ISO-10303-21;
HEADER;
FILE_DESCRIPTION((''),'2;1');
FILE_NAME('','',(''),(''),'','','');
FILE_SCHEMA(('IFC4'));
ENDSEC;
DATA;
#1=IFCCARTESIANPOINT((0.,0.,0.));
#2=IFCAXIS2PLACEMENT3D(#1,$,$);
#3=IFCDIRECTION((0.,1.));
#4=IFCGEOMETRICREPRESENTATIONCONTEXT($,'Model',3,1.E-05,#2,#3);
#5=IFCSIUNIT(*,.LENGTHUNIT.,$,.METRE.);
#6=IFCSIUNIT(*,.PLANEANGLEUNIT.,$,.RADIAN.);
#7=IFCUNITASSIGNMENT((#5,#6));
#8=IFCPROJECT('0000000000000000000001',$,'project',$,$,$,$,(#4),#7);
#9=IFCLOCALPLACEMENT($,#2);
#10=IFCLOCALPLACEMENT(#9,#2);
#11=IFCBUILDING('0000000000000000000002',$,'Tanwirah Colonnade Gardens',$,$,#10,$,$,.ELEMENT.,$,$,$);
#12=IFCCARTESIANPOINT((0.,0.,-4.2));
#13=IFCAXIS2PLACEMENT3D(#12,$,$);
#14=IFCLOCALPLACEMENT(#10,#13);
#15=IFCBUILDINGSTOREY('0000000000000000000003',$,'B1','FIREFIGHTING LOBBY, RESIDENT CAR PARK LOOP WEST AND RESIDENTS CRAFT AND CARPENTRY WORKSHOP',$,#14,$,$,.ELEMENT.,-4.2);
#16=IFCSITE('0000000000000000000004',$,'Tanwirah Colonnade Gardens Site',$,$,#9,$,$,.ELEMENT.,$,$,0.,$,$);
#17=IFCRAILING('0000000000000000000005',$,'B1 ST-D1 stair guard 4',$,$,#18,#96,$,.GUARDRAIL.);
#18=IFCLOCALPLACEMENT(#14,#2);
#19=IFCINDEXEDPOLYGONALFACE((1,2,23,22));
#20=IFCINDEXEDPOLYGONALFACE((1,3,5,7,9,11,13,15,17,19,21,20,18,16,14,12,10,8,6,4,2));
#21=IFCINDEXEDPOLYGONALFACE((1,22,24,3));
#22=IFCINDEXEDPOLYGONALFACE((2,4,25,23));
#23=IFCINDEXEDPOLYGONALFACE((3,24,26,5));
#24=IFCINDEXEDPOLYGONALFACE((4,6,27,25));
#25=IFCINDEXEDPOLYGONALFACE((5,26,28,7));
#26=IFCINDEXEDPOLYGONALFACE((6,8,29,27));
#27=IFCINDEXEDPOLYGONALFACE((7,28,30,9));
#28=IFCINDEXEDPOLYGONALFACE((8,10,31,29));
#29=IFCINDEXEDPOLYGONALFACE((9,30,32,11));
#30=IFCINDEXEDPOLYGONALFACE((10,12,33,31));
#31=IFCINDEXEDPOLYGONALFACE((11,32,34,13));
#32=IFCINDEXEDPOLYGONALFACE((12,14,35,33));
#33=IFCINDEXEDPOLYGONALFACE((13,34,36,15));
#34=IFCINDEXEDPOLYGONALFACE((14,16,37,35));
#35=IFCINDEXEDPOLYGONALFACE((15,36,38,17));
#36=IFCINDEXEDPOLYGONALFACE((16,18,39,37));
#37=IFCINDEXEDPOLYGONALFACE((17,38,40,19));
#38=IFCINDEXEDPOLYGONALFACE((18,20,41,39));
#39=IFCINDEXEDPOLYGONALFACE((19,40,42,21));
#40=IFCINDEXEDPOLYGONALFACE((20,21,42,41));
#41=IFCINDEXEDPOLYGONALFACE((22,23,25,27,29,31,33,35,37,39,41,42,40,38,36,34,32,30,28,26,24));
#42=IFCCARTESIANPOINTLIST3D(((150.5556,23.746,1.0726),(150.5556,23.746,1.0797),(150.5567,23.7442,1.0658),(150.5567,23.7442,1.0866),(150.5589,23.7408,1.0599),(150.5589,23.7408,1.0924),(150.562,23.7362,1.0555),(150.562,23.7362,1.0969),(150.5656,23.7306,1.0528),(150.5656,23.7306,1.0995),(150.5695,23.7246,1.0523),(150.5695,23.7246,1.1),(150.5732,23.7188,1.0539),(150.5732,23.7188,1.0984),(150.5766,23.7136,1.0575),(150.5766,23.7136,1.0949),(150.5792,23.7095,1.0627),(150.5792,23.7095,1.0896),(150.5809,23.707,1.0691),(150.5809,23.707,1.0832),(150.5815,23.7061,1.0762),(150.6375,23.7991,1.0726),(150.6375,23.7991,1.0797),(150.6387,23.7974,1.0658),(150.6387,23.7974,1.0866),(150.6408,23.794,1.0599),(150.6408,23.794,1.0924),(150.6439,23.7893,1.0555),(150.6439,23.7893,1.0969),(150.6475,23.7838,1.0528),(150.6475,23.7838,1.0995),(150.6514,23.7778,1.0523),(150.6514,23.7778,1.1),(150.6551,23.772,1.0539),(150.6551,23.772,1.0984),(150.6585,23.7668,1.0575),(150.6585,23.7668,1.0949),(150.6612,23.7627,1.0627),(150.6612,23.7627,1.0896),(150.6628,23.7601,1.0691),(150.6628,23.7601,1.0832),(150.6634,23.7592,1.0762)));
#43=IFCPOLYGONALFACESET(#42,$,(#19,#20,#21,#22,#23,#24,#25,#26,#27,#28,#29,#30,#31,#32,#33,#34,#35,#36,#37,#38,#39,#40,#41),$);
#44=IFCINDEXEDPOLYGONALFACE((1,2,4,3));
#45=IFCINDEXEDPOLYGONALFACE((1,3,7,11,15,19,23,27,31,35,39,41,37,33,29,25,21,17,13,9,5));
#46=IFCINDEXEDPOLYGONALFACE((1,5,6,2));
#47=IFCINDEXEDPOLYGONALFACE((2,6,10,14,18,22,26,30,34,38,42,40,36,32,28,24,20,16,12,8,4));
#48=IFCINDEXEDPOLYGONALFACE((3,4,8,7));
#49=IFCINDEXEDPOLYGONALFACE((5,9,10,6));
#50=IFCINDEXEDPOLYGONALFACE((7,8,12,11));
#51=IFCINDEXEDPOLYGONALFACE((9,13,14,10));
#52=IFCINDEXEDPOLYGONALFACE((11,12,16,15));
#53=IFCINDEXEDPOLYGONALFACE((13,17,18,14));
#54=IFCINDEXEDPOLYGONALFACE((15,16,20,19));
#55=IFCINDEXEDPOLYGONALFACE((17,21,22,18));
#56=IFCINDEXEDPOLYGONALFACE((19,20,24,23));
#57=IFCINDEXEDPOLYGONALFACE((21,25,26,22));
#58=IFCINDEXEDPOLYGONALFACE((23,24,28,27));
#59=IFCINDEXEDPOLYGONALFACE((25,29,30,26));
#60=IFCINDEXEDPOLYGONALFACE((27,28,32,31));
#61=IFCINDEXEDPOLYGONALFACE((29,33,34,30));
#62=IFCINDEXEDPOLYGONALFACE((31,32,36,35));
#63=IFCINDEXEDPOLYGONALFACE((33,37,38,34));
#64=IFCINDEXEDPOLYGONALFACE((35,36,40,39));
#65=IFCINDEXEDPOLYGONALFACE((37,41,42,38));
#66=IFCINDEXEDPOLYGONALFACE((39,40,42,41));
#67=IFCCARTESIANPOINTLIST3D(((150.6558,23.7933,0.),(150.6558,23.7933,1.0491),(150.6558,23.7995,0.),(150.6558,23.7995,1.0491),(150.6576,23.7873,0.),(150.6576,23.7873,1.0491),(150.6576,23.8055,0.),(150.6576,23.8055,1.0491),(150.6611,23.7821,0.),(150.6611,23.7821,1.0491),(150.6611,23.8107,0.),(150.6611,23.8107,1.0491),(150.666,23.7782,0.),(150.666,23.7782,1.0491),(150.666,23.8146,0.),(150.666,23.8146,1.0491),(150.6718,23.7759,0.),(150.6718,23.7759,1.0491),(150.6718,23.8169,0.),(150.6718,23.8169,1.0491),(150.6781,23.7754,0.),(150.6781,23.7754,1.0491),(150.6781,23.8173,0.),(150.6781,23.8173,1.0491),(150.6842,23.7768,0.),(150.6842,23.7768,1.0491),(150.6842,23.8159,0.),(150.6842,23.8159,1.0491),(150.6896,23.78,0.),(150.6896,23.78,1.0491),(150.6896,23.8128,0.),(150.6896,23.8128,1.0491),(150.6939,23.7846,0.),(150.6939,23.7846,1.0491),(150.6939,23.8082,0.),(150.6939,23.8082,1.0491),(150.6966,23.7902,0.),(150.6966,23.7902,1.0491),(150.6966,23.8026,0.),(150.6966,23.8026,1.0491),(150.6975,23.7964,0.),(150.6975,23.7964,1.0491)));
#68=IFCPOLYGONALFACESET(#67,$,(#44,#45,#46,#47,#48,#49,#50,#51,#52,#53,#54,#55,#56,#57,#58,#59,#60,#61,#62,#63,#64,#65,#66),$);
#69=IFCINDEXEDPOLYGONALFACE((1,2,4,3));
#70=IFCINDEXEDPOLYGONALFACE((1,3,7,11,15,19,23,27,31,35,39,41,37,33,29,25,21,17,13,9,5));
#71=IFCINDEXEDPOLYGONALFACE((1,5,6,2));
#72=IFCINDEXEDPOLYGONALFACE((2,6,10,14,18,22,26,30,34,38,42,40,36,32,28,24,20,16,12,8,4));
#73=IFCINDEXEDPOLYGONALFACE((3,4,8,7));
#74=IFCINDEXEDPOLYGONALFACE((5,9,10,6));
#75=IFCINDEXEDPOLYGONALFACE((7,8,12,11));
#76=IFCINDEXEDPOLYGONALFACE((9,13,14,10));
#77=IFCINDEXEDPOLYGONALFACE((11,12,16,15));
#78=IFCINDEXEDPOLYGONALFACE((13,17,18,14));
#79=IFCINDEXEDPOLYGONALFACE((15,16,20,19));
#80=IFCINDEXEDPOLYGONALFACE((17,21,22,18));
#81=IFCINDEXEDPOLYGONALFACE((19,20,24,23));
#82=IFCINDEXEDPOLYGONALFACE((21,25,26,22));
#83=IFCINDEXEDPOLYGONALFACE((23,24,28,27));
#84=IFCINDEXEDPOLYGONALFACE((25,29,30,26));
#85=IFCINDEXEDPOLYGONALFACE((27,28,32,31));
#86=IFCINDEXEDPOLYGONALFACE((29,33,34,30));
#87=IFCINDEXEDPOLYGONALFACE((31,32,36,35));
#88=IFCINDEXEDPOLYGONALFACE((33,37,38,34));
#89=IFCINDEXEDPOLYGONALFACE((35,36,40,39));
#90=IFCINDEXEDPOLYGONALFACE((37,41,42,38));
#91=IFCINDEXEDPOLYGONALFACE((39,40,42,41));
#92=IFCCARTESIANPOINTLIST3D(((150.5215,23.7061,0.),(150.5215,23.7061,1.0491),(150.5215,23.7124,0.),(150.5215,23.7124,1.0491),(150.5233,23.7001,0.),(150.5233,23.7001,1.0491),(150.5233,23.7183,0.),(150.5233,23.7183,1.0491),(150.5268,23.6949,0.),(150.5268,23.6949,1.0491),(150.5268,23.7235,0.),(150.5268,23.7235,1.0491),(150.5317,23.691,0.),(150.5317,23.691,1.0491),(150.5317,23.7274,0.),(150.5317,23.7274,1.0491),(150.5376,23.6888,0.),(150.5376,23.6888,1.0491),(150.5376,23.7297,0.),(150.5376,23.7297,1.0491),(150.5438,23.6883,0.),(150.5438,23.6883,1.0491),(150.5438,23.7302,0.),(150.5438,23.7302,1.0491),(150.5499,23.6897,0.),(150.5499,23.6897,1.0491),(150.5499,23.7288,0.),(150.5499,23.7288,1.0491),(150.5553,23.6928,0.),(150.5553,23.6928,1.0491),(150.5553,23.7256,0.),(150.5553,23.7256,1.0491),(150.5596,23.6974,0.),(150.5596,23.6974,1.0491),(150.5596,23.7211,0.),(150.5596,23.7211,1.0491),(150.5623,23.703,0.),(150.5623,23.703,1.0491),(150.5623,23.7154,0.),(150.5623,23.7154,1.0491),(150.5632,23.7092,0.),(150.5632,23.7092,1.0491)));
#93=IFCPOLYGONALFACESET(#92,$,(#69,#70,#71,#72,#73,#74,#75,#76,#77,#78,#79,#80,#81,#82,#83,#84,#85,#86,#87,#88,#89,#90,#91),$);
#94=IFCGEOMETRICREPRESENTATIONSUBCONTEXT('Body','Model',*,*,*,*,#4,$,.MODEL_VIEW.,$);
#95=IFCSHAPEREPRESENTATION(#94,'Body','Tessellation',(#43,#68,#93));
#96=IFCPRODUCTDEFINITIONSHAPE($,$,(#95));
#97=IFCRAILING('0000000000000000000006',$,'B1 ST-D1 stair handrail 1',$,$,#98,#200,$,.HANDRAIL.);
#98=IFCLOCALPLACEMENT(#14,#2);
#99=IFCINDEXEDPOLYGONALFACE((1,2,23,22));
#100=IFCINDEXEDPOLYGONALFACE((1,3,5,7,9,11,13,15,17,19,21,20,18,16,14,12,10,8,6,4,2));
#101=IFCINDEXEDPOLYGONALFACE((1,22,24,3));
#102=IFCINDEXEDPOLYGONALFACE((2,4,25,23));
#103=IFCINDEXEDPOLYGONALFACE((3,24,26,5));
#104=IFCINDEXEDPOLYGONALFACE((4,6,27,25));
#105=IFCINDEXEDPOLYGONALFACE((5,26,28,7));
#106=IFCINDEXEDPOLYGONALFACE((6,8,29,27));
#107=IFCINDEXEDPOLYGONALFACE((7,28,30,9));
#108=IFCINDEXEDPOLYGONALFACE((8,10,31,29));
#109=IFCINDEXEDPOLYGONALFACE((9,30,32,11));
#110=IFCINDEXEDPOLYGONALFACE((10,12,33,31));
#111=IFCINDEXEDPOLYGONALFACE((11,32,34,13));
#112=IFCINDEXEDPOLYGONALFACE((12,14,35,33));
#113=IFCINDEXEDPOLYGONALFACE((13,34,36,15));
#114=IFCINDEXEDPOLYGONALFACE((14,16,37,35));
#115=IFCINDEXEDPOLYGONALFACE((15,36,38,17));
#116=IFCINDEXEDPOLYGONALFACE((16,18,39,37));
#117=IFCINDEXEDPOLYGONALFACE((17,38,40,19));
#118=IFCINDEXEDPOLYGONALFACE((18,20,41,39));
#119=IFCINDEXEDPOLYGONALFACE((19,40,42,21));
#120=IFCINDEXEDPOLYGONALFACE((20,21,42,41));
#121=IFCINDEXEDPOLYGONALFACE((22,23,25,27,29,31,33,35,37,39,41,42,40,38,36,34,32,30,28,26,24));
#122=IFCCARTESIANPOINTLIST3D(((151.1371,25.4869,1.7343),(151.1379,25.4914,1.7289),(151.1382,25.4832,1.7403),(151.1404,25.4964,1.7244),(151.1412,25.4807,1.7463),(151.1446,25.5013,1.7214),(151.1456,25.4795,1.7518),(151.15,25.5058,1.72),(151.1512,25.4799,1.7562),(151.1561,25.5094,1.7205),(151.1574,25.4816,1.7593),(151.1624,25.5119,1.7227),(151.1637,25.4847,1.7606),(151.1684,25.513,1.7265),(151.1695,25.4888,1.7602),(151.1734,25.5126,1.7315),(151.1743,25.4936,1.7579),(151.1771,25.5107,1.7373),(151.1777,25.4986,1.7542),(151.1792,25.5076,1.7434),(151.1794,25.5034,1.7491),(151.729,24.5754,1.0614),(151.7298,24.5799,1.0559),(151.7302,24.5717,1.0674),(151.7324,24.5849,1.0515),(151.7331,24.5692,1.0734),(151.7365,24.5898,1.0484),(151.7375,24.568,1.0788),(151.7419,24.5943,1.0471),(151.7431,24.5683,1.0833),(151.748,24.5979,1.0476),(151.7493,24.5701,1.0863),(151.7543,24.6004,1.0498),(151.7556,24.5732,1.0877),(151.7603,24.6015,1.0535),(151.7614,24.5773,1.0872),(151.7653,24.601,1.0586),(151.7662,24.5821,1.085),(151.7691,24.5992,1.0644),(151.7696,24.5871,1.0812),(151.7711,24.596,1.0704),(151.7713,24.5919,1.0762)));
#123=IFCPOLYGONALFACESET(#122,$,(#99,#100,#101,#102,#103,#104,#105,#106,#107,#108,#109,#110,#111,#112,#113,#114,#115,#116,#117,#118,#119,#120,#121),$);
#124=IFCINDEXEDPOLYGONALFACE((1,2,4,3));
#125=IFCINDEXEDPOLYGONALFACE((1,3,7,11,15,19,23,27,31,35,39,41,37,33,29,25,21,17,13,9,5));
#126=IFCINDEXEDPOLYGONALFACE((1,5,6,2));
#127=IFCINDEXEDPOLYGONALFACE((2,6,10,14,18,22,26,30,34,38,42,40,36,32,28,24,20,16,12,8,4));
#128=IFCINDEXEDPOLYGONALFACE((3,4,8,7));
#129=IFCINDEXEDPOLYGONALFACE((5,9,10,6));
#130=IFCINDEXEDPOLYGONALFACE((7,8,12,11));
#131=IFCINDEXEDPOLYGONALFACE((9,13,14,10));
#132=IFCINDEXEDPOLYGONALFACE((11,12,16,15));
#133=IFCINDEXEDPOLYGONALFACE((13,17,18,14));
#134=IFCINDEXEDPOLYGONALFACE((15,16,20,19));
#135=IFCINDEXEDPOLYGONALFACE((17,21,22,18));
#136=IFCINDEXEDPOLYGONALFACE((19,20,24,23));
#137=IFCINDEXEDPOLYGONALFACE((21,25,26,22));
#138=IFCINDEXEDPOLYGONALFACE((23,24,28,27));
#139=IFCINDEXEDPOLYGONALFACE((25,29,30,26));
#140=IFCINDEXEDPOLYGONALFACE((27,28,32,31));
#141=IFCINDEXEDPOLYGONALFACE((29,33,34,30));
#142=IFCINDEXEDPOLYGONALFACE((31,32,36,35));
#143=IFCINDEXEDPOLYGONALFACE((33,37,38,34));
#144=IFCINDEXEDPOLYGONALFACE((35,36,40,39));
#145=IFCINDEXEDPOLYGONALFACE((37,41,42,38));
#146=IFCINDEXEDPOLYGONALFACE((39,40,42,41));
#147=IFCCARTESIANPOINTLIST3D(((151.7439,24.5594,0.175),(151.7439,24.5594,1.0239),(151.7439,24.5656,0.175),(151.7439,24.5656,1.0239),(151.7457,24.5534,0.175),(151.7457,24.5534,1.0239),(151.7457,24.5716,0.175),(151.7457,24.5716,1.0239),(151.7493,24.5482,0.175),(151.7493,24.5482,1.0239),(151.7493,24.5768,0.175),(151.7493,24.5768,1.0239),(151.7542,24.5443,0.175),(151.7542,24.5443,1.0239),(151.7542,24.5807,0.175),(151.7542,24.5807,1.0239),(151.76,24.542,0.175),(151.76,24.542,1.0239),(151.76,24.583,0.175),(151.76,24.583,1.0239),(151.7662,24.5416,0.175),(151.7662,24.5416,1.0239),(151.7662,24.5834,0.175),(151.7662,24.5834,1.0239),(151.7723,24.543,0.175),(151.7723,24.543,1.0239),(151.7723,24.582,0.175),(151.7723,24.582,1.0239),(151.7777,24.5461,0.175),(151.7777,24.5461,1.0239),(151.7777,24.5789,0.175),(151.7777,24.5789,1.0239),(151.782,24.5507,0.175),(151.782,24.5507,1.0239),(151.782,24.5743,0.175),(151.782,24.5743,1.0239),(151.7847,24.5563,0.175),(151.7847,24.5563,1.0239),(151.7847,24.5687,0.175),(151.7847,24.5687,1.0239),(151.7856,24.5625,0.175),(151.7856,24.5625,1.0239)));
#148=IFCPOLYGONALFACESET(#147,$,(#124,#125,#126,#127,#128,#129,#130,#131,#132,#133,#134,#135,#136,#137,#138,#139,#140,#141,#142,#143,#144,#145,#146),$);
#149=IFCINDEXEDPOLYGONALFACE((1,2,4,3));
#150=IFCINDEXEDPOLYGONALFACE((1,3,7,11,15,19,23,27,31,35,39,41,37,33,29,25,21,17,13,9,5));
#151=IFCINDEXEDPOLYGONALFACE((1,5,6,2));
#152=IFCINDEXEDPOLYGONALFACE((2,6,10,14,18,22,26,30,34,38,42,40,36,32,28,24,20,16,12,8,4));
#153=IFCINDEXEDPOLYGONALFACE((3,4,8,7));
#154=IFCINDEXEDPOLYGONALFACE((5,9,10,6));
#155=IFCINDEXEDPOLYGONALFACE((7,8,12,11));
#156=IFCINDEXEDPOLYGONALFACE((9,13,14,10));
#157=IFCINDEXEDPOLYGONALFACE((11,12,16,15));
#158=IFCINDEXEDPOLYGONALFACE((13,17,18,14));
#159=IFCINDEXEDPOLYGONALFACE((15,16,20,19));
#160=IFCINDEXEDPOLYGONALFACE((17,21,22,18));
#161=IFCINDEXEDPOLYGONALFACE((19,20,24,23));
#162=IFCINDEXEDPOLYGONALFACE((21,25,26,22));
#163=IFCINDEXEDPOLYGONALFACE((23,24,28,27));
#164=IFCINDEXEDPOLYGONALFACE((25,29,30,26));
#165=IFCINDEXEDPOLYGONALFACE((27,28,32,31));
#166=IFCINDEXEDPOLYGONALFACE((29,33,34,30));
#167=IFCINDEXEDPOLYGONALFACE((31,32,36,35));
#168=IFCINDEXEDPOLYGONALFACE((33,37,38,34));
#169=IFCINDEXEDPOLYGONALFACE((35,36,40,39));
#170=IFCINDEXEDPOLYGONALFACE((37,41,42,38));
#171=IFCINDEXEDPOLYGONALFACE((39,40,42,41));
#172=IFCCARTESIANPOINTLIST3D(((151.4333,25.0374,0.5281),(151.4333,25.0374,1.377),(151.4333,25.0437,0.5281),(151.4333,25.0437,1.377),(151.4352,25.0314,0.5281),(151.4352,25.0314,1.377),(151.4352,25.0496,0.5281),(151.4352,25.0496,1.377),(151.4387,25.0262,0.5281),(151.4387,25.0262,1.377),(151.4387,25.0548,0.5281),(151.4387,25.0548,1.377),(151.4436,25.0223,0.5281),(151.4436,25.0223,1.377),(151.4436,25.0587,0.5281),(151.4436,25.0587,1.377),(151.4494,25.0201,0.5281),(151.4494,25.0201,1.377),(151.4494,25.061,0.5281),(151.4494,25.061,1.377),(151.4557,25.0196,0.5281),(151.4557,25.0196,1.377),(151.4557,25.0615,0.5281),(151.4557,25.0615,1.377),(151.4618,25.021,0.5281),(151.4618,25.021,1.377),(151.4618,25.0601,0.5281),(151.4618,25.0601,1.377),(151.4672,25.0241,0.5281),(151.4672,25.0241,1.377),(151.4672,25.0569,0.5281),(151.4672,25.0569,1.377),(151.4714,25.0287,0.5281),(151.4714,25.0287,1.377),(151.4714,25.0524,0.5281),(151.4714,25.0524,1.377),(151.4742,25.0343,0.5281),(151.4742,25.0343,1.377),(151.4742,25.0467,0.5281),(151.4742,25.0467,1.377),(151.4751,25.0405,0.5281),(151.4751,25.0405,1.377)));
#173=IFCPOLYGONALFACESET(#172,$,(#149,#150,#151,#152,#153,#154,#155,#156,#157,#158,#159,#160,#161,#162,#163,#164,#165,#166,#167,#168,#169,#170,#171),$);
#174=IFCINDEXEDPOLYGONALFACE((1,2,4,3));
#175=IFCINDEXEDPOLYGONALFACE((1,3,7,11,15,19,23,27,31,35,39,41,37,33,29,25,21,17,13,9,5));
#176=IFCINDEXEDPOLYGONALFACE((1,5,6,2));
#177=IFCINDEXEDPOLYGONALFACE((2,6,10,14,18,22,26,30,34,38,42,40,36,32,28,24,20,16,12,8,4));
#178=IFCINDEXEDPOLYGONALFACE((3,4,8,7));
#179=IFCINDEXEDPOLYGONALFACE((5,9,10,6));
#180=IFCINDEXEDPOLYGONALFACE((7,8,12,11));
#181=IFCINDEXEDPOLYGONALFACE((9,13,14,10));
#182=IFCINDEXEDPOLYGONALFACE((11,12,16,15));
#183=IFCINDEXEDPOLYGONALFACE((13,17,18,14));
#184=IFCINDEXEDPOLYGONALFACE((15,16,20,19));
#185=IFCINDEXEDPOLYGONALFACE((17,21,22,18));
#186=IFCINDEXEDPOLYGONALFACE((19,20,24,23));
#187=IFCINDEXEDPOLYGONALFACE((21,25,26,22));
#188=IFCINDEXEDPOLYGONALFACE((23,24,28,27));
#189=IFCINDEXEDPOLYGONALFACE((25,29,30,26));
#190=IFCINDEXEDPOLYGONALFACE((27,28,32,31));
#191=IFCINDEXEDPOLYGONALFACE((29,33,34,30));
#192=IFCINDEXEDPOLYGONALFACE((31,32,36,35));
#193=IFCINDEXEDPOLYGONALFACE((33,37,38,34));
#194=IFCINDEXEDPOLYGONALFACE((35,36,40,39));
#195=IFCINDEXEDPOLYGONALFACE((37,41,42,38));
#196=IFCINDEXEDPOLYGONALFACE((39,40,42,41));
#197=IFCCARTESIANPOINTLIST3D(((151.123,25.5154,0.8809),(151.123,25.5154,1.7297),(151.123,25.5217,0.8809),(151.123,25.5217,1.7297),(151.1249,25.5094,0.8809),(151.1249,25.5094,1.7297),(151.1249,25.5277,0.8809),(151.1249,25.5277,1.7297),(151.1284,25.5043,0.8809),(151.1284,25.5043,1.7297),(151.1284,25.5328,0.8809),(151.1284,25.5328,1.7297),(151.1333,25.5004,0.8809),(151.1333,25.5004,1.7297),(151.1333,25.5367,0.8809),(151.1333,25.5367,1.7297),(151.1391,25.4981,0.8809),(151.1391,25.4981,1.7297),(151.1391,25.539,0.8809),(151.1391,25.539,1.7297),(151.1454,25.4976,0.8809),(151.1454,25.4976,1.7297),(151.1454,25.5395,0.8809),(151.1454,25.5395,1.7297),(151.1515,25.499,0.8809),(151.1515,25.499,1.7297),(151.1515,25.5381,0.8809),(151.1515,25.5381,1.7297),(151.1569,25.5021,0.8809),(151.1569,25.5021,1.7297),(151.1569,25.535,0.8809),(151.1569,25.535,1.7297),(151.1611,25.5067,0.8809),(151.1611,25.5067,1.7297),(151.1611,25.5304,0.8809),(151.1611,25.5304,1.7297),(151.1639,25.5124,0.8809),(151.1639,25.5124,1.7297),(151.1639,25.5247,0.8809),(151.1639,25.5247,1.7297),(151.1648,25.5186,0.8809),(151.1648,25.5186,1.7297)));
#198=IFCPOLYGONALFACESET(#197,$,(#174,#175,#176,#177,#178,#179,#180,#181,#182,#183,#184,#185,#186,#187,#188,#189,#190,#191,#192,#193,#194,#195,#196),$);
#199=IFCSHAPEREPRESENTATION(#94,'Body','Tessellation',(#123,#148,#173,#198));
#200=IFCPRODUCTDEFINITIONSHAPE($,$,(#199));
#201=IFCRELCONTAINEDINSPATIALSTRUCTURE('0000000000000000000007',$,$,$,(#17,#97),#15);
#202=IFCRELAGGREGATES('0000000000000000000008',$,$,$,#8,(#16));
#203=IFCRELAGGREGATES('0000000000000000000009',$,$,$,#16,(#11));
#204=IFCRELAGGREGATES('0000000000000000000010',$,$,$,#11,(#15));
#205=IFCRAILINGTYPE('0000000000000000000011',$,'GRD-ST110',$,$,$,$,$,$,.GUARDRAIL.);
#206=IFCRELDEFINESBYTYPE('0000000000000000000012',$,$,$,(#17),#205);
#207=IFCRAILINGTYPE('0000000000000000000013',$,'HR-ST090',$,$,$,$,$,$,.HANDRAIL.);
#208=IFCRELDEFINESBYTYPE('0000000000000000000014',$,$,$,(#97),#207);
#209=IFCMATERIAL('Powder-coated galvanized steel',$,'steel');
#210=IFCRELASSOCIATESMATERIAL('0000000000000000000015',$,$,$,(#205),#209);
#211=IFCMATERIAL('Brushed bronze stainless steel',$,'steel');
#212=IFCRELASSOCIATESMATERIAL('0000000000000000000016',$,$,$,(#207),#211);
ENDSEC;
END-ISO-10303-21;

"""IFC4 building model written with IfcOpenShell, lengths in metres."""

from ifc_helpers import new_model, si_unit, direction, frame, origin, origin_2d, place, context, subcontext, project, spatial, circle, extrude, material, type_object, element, save


model = new_model("IFC4")

# Units and contexts
model_context = context("Model", 3, precision=1e-05, world=origin(), true_north=direction((0.0, 1.0)))
body_context = subcontext(model_context, "Body", "Model", "MODEL_VIEW")
ifc_project = project(units=[si_unit("LENGTHUNIT", "METRE"), si_unit("PLANEANGLEUNIT", "RADIAN")], contexts=[model_context])

# Site, building, storey
site_placement = place(None, origin())
site = spatial("IfcSite", under=ifc_project, at=site_placement, Name="Tanwirah Colonnade Gardens Site", CompositionType="ELEMENT", RefElevation=0.0)
building_placement = place(site_placement, origin())
building = spatial("IfcBuilding", under=site, at=building_placement, Name="Tanwirah Colonnade Gardens", CompositionType="ELEMENT")
storey_placement = place(building_placement, frame((0.0, 0.0, -4.2)))
storey = spatial("IfcBuildingStorey", under=building, at=storey_placement, Name="B1", Description="FIREFIGHTING LOBBY, RESIDENT CAR PARK LOOP WEST AND RESIDENTS CRAFT AND CARPENTRY WORKSHOP", CompositionType="ELEMENT", Elevation=-4.2)

# Railings
ifc_material_1 = material(Name="Powder-coated galvanized steel", Category="steel")
railing_type_1 = type_object("IfcRailingType", Name="GRD-ST110", PredefinedType="GUARDRAIL", material=ifc_material_1)
railing_1_placement = place(storey_placement, frame((150.6765, 23.7964, 0.0)))
element("IfcRailing", 1, at=railing_1_placement, inside=storey, type_object=railing_type_1, Name="B1 ST-D1 stair guard 4", PredefinedType="GUARDRAIL", context=body_context, shape_type="SweptSolid", body=[
    extrude(circle(Radius=0.0239, at=origin_2d()), frame((-0.0261, -0.0171, 1.0762), z_axis=(-0.838792, -0.544452, 0.0), x_axis=(0.544452, -0.838792, 0.0)), (0.0, 0.0, 1.0), 0.0977),
    extrude(circle(Radius=0.021, at=origin_2d()), origin(), (0.0, 0.0, 1.0), 1.0491),
    extrude(circle(Radius=0.021, at=origin_2d()), frame((-0.1343, -0.0872, 0.0)), (0.0, 0.0, 1.0), 1.0491),
])
ifc_material_2 = material(Name="Brushed bronze stainless steel", Category="steel")
railing_type_2 = type_object("IfcRailingType", Name="HR-ST090", PredefinedType="HANDRAIL", material=ifc_material_2)
railing_2_placement = place(storey_placement, frame((151.7646, 24.5625, 0.175)))
element("IfcRailing", 2, at=railing_2_placement, inside=storey, type_object=railing_type_2, Name="B1 ST-D1 stair handrail 1", PredefinedType="HANDRAIL", context=body_context, shape_type="SweptSolid", body=[
    extrude(circle(Radius=0.0239, at=origin_2d()), frame((-0.0144, 0.0222, 0.8923), z_axis=(-0.463055, 0.713064, 0.526422), x_axis=(-0.838678, -0.544627, 0.0)), (0.0, 0.0, 1.0), 1.2783),
    extrude(circle(Radius=0.021, at=origin_2d()), origin(), (0.0, 0.0, 1.0), 0.8489),
    extrude(circle(Radius=0.021, at=origin_2d()), frame((-0.3105, 0.478, 0.353)), (0.0, 0.0, 1.0), 0.8489),
    extrude(circle(Radius=0.021, at=origin_2d()), frame((-0.6208, 0.9561, 0.7058)), (0.0, 0.0, 1.0), 0.8489),
])

save(model, "model.ifc")
